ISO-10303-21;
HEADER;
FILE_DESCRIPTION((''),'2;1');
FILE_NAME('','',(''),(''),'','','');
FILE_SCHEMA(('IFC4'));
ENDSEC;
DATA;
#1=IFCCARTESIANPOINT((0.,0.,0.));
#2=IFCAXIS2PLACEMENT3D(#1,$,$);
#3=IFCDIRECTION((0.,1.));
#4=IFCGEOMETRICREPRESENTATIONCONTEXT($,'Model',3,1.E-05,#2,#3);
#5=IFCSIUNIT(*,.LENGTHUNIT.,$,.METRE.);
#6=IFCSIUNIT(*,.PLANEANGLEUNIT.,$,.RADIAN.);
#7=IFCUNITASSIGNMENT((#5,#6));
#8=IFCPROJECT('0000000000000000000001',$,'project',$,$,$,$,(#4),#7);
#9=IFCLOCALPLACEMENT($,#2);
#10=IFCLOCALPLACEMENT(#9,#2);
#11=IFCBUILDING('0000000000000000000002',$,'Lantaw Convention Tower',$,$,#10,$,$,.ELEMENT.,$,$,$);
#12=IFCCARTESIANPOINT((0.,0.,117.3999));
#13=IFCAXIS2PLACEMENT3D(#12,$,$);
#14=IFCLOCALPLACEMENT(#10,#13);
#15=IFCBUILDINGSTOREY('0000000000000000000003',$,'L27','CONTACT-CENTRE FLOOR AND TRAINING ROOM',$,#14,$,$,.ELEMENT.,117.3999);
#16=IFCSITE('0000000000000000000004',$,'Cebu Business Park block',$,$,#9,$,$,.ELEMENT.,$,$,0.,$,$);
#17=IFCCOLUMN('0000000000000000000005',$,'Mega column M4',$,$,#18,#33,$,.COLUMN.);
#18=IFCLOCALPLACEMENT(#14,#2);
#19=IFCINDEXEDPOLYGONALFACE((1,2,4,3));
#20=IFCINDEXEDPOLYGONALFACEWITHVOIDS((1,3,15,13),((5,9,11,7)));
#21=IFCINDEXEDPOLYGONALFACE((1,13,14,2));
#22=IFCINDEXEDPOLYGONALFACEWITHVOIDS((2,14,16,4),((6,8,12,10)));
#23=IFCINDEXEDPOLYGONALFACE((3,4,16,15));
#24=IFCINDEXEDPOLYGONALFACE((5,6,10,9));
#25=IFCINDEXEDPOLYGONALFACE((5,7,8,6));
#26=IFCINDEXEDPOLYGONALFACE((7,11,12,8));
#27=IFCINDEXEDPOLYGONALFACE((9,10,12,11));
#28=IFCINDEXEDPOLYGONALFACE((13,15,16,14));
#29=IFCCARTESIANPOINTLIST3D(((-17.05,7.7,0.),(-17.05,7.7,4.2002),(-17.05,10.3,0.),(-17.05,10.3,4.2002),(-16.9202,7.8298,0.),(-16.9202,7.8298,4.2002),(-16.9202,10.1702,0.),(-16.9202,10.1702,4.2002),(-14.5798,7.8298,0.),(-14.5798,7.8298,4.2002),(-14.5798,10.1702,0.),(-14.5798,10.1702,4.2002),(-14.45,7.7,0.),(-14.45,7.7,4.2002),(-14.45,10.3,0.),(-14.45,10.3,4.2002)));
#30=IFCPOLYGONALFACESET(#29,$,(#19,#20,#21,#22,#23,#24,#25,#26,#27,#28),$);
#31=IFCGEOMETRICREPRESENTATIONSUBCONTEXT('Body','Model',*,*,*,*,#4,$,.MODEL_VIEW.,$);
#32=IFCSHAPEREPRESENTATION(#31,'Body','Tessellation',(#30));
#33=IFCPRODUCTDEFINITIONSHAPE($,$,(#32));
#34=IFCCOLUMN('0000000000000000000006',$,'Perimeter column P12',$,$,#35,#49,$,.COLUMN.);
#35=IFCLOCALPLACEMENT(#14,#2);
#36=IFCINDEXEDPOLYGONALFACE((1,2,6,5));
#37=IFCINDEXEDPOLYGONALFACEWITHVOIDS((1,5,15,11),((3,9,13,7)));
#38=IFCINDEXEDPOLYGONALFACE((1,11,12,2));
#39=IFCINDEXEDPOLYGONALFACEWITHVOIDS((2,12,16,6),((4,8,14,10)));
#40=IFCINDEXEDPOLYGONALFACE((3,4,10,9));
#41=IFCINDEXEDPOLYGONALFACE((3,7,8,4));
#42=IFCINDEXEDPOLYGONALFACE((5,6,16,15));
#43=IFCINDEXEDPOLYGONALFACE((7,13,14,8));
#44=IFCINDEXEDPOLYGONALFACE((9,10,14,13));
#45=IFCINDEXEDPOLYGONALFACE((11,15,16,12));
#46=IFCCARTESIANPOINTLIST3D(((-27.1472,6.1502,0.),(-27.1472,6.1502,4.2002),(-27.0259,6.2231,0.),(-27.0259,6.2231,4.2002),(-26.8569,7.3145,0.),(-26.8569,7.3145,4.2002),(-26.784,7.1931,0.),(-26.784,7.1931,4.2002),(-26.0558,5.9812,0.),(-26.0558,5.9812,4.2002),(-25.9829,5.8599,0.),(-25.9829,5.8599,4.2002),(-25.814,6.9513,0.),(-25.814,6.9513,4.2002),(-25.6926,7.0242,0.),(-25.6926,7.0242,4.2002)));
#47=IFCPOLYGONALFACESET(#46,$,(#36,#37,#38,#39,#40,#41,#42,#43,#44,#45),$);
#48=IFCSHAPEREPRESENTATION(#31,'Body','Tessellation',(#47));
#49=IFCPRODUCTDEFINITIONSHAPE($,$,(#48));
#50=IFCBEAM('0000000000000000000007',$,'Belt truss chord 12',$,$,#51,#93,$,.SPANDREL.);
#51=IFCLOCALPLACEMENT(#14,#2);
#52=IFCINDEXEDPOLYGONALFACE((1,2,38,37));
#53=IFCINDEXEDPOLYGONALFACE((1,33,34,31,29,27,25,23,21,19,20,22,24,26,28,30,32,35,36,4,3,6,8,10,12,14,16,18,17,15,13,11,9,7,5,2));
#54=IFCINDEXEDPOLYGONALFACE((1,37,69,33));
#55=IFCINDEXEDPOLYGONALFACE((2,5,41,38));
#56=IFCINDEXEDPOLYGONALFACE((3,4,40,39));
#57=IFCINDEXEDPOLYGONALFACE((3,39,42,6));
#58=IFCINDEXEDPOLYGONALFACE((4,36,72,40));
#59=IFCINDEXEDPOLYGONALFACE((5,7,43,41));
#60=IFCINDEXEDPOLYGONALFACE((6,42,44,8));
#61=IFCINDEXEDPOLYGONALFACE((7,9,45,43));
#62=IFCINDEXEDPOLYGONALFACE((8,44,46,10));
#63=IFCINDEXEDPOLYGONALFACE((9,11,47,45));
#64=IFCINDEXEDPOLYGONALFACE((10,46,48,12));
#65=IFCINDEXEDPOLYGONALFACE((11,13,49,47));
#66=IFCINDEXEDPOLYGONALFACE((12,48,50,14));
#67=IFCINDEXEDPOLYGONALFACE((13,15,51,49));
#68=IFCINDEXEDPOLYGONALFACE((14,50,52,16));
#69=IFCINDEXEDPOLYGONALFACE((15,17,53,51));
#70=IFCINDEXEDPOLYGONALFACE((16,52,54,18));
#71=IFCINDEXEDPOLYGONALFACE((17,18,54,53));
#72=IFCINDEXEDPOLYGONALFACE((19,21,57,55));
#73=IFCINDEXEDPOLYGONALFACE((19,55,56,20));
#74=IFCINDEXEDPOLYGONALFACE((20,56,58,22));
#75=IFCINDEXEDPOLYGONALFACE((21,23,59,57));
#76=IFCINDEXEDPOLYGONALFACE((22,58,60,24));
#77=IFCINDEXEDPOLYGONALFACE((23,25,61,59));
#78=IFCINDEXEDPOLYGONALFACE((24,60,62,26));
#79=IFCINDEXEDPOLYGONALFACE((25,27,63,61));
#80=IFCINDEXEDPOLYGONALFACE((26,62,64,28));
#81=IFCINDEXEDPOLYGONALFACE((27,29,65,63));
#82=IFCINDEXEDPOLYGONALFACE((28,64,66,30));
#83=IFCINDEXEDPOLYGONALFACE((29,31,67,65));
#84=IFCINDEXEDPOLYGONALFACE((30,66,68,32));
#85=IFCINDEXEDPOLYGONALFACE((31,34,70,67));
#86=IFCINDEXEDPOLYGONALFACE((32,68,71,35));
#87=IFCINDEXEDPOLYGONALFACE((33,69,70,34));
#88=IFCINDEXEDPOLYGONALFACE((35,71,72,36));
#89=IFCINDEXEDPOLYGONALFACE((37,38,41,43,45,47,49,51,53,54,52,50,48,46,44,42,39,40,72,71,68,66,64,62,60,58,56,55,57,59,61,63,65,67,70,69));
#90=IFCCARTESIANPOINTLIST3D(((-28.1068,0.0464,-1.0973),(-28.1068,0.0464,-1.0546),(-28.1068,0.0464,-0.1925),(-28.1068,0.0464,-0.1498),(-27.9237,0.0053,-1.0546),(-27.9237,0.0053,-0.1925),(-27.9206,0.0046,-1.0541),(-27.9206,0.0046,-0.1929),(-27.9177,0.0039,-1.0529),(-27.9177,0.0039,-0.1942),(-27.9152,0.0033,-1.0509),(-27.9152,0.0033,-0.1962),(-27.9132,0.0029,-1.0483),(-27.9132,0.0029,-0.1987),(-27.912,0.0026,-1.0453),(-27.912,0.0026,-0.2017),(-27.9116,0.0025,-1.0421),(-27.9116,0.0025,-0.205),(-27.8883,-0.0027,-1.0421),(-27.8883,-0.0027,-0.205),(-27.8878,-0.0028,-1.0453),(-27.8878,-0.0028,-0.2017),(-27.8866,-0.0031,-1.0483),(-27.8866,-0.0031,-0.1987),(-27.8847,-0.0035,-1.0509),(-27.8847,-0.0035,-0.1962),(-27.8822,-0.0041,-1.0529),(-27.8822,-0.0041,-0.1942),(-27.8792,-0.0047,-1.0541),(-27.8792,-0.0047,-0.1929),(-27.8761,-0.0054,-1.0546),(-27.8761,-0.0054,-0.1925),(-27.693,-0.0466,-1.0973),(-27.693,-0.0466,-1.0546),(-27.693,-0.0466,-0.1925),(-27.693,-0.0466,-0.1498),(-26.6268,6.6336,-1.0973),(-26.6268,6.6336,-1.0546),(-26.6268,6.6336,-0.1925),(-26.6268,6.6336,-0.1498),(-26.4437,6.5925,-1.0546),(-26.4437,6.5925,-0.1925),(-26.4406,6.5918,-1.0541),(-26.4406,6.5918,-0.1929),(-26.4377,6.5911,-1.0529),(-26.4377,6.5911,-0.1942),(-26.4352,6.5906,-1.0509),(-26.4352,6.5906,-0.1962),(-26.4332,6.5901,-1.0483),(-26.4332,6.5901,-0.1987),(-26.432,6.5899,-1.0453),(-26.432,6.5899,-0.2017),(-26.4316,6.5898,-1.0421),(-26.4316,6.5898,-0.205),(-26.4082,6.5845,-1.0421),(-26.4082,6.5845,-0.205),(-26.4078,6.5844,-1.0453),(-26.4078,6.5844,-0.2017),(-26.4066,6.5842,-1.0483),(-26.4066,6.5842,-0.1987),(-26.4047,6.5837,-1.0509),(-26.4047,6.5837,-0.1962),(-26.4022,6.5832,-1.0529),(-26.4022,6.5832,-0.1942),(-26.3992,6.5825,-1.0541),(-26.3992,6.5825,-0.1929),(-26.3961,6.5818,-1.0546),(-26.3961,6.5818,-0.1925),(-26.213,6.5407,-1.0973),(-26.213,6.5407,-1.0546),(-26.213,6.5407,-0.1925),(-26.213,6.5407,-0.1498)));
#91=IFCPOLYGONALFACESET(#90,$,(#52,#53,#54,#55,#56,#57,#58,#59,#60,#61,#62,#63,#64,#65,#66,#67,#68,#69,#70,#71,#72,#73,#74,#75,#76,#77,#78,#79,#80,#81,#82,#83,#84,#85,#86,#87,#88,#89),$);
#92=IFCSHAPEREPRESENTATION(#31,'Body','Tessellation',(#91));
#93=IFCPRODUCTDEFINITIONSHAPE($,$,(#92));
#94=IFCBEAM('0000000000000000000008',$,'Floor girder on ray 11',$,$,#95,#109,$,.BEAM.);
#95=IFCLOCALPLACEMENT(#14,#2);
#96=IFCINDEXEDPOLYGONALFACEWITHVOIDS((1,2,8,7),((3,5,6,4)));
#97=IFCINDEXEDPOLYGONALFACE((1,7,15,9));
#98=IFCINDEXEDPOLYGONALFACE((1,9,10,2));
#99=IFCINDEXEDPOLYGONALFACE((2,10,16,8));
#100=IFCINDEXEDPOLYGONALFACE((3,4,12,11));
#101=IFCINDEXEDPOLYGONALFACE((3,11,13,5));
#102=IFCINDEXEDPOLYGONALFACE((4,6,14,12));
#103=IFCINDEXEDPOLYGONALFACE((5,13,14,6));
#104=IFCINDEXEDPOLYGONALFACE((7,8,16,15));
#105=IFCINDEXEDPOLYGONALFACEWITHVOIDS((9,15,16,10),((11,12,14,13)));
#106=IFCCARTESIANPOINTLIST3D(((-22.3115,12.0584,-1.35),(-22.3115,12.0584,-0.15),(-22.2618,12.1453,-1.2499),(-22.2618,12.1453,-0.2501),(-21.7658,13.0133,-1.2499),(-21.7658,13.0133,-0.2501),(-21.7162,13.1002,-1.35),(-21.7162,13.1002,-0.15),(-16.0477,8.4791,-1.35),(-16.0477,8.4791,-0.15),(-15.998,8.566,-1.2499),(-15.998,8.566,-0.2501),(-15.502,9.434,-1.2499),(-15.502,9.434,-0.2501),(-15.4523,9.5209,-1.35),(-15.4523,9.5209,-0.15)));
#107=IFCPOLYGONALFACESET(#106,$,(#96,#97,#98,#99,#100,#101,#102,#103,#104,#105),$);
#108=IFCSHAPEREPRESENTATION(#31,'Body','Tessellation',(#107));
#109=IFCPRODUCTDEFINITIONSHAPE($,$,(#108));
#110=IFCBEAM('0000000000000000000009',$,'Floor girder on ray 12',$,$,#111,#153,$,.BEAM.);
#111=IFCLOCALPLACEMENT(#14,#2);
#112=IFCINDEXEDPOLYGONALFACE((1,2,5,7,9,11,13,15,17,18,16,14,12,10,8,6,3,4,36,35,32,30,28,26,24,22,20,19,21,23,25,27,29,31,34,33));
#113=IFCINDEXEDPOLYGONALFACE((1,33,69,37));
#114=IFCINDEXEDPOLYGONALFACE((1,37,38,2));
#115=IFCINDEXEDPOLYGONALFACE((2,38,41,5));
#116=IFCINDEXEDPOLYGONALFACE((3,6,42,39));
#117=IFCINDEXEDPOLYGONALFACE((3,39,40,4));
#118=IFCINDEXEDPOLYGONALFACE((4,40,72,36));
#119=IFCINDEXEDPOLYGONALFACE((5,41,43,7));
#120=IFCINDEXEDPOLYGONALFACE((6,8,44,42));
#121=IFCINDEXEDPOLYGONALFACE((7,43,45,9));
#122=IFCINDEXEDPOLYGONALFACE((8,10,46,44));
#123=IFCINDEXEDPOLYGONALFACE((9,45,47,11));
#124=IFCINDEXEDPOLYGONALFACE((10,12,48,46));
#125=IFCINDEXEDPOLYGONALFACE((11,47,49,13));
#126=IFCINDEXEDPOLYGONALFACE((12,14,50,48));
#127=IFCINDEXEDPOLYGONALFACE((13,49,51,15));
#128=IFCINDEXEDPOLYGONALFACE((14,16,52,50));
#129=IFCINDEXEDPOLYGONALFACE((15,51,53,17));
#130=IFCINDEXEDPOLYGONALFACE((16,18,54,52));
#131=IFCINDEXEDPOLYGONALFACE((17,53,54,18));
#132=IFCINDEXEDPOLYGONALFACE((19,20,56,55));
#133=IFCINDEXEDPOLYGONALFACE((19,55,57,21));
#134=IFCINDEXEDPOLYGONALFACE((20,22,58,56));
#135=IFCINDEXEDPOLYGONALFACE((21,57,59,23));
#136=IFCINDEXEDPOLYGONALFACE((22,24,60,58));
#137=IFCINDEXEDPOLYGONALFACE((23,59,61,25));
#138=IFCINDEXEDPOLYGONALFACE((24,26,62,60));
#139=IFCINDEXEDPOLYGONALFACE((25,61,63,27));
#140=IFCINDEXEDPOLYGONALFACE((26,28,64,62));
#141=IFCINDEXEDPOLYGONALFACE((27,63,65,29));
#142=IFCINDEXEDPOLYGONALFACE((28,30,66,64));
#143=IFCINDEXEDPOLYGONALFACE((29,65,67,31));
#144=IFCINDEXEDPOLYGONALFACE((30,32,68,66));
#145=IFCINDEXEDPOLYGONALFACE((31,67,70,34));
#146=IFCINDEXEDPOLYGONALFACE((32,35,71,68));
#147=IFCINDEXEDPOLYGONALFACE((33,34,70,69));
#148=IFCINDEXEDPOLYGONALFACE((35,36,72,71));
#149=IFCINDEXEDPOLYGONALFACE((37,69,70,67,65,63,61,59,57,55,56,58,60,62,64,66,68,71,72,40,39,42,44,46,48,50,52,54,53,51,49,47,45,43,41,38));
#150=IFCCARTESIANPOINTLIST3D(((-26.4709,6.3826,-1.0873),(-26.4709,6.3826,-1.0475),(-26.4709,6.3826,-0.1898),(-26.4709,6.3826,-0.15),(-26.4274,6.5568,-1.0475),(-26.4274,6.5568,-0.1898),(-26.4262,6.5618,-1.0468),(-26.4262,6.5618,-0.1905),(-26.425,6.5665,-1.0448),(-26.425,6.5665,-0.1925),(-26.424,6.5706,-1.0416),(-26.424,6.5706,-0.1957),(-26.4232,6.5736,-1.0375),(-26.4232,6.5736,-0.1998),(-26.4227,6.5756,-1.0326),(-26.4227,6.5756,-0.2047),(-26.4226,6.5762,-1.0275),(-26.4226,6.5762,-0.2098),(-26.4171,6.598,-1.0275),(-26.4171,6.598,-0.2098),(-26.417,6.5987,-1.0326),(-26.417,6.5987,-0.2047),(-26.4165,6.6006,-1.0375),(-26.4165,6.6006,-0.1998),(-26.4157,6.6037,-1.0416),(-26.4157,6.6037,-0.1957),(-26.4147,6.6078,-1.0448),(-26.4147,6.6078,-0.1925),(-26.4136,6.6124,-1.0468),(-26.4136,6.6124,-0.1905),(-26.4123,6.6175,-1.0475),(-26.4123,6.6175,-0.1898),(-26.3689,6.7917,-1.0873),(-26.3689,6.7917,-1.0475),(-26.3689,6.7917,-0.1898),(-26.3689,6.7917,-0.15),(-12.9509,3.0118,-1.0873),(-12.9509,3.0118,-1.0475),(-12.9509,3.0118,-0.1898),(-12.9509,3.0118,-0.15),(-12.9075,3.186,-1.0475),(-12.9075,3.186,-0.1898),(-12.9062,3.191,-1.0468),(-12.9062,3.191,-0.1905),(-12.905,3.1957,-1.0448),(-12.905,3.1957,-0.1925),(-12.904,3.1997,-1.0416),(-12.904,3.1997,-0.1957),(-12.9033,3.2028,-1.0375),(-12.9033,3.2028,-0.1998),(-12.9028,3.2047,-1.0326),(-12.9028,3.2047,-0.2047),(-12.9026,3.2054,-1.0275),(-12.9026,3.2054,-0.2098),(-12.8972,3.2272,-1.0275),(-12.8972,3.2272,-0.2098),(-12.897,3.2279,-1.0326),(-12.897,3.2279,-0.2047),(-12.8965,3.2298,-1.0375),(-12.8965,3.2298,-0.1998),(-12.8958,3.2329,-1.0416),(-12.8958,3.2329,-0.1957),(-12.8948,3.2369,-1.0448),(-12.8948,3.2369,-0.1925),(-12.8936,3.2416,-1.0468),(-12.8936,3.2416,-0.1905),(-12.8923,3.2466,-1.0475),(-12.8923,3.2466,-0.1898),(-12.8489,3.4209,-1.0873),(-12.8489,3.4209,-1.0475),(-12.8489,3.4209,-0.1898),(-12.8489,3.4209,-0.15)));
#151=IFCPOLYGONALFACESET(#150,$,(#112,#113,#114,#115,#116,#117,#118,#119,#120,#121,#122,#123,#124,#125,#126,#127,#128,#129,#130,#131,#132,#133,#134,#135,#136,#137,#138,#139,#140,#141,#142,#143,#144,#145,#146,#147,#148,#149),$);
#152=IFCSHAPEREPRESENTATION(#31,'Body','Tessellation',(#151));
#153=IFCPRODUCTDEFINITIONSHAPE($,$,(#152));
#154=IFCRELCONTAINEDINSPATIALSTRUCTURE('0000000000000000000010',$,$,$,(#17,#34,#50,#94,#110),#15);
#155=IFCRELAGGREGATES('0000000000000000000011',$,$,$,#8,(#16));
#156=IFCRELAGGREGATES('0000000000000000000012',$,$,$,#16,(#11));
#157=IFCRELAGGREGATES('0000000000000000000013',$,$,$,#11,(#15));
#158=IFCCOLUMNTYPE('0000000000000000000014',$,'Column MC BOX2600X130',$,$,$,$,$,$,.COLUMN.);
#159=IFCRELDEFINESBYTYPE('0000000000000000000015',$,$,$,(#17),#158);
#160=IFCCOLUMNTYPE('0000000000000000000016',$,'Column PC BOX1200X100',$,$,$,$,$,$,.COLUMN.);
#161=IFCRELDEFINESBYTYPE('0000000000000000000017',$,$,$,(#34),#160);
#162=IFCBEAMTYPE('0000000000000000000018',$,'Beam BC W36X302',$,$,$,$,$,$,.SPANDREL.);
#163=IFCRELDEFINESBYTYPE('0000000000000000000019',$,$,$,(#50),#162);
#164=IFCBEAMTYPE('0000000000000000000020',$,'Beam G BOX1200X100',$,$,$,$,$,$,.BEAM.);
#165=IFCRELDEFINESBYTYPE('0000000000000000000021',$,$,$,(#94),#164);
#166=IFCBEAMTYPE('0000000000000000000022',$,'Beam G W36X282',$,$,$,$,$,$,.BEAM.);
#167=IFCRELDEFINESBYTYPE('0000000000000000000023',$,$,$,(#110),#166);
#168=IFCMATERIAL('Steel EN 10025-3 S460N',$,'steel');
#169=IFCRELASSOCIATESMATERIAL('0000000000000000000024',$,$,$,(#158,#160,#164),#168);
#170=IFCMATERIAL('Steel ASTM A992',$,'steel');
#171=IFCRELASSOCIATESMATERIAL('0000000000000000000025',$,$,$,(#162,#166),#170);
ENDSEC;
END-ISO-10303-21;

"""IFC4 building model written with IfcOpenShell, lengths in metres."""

from ifc_helpers import new_model, si_unit, direction, frame, origin, origin_2d, place, context, subcontext, project, spatial, rectangle, hollow_rectangle, i_section, extrude, material, material_profile, profile_set, type_object, element, save


model = new_model("IFC4")

# Units and contexts
model_context = context("Model", 3, precision=1e-05, world=origin(), true_north=direction((0.0, 1.0)))
body_context = subcontext(model_context, "Body", "Model", "MODEL_VIEW")
ifc_project = project(units=[si_unit("LENGTHUNIT", "METRE"), si_unit("PLANEANGLEUNIT", "RADIAN")], contexts=[model_context])

# Site, building, storey
site_placement = place(None, origin())
site = spatial("IfcSite", under=ifc_project, at=site_placement, Name="Cebu Business Park block", CompositionType="ELEMENT", RefElevation=0.0)
building_placement = place(site_placement, origin())
building = spatial("IfcBuilding", under=site, at=building_placement, Name="Lantaw Convention Tower", CompositionType="ELEMENT")
storey_placement = place(building_placement, frame((0.0, 0.0, 117.3999)))
storey = spatial("IfcBuildingStorey", under=building, at=storey_placement, Name="L27", Description="CONTACT-CENTRE FLOOR AND TRAINING ROOM", CompositionType="ELEMENT", Elevation=117.3999)

# Columns
ifc_material_1 = material(Name="Steel EN 10025-3 S460N", Category="steel")
ifc_material_profile_1 = material_profile(ifc_material_1, hollow_rectangle(XDim=2.6001, YDim=2.6001, WallThickness=0.1299, at=origin_2d()), Name="BOX2600X130")
ifc_material_2 = material(Name="Concrete C60/75", Category="concrete")
ifc_material_profile_2 = material_profile(ifc_material_2, rectangle(XDim=2.3401, YDim=2.3401, at=origin_2d()), Name="Concrete fill of BOX2600X130")
ifc_profile_set_1 = profile_set([ifc_material_profile_1, ifc_material_profile_2], Name="Steel EN 10025-3 S460N")
column_type_1 = type_object("IfcColumnType", Name="Column MC BOX2600X130", PredefinedType="COLUMN", material=ifc_profile_set_1)
column_1_placement = place(storey_placement, frame((-15.75, 9.0, 0.0), z_axis=(0.0, 0.0, 1.0), x_axis=(1.0, 0.0, 0.0)))
element("IfcColumn", 1, at=column_1_placement, inside=storey, type_object=column_type_1, Name="Mega column M4", PredefinedType="COLUMN", context=body_context, shape_type="SweptSolid", body=[
    extrude(hollow_rectangle(XDim=2.6001, YDim=2.6001, WallThickness=0.1299, at=origin_2d()), origin(), (0.0, 0.0, 1.0), 4.2002),
])
ifc_material_profile_3 = material_profile(ifc_material_1, hollow_rectangle(XDim=1.2, YDim=1.2, WallThickness=0.1001, at=origin_2d()), Name="BOX1200X100")
ifc_material_profile_4 = material_profile(ifc_material_2, rectangle(XDim=1.0, YDim=1.0, at=origin_2d()), Name="Concrete fill of BOX1200X100")
ifc_profile_set_2 = profile_set([ifc_material_profile_3, ifc_material_profile_4], Name="Steel EN 10025-3 S460N")
column_type_2 = type_object("IfcColumnType", Name="Column PC BOX1200X100", PredefinedType="COLUMN", material=ifc_profile_set_2)
column_2_placement = place(storey_placement, frame((-26.4199, 6.5872, 0.0), z_axis=(0.0, 0.0, 1.0), x_axis=(0.241922, 0.970296, 0.0)))
element("IfcColumn", 2, at=column_2_placement, inside=storey, type_object=column_type_2, Name="Perimeter column P12", PredefinedType="COLUMN", context=body_context, shape_type="SweptSolid", body=[
    extrude(hollow_rectangle(XDim=1.2, YDim=1.2, WallThickness=0.1001, at=origin_2d()), origin(), (0.0, 0.0, 1.0), 4.2002),
])

# Beams
ifc_material_3 = material(Name="Steel ASTM A992", Category="steel")
ifc_material_profile_5 = material_profile(ifc_material_3, i_section(OverallWidth=0.4241, OverallDepth=0.9475, WebThickness=0.0239, FlangeThickness=0.0427, FilletRadius=0.0125, at=origin_2d()), Name="W36X302")
ifc_profile_set_3 = profile_set([ifc_material_profile_5], Name="Steel ASTM A992")
beam_type_1 = type_object("IfcBeamType", Name="Beam BC W36X302", PredefinedType="SPANDREL", material=ifc_profile_set_3)
beam_1_placement = place(storey_placement, frame((-26.4199, 6.5872, -0.6235), z_axis=(-0.219212, -0.975677, 0.0), x_axis=(0.975677, -0.219212, 0.0)))
element("IfcBeam", 3, at=beam_1_placement, inside=storey, type_object=beam_type_1, Name="Belt truss chord 12", PredefinedType="SPANDREL", context=body_context, shape_type="SweptSolid", body=[
    extrude(i_section(OverallWidth=0.4241, OverallDepth=0.9475, WebThickness=0.0239, FlangeThickness=0.0427, FilletRadius=0.0125, at=origin_2d()), origin(), (0.0, 0.0, 1.0), 6.7515),
])
ifc_material_profile_6 = material_profile(ifc_material_1, hollow_rectangle(XDim=1.2, YDim=1.2, WallThickness=0.1001, at=origin_2d()), Name="BOX1200X100")
ifc_profile_set_4 = profile_set([ifc_material_profile_6], Name="Steel EN 10025-3 S460N")
beam_type_2 = type_object("IfcBeamType", Name="Beam G BOX1200X100", PredefinedType="BEAM", material=ifc_profile_set_4)
beam_2_placement = place(storey_placement, frame((-15.75, 9.0, -0.75), z_axis=(-0.868245, 0.496135, 0.0), x_axis=(-0.496135, -0.868245, 0.0)))
element("IfcBeam", 4, at=beam_2_placement, inside=storey, type_object=beam_type_2, Name="Floor girder on ray 11", PredefinedType="BEAM", context=body_context, shape_type="SweptSolid", body=[
    extrude(hollow_rectangle(XDim=1.2, YDim=1.2, WallThickness=0.1001, at=origin_2d()), origin(), (0.0, 0.0, 1.0), 7.2144),
])
ifc_material_profile_7 = material_profile(ifc_material_3, i_section(OverallWidth=0.4216, OverallDepth=0.9373, WebThickness=0.0225, FlangeThickness=0.0398, FilletRadius=0.02, at=origin_2d()), Name="W36X282")
ifc_profile_set_5 = profile_set([ifc_material_profile_7], Name="Steel ASTM A992")
beam_type_3 = type_object("IfcBeamType", Name="Beam G W36X282", PredefinedType="BEAM", material=ifc_profile_set_5)
beam_3_placement = place(storey_placement, frame((-12.8999, 3.2163, -0.6187), z_axis=(-0.970297, 0.241917, 0.0), x_axis=(-0.241917, -0.970297, 0.0)))
element("IfcBeam", 5, at=beam_3_placement, inside=storey, type_object=beam_type_3, Name="Floor girder on ray 12", PredefinedType="BEAM", context=body_context, shape_type="SweptSolid", body=[
    extrude(i_section(OverallWidth=0.4216, OverallDepth=0.9373, WebThickness=0.0225, FlangeThickness=0.0398, FilletRadius=0.02, at=origin_2d()), origin(), (0.0, 0.0, 1.0), 13.9338),
])

save(model, "model.ifc")
